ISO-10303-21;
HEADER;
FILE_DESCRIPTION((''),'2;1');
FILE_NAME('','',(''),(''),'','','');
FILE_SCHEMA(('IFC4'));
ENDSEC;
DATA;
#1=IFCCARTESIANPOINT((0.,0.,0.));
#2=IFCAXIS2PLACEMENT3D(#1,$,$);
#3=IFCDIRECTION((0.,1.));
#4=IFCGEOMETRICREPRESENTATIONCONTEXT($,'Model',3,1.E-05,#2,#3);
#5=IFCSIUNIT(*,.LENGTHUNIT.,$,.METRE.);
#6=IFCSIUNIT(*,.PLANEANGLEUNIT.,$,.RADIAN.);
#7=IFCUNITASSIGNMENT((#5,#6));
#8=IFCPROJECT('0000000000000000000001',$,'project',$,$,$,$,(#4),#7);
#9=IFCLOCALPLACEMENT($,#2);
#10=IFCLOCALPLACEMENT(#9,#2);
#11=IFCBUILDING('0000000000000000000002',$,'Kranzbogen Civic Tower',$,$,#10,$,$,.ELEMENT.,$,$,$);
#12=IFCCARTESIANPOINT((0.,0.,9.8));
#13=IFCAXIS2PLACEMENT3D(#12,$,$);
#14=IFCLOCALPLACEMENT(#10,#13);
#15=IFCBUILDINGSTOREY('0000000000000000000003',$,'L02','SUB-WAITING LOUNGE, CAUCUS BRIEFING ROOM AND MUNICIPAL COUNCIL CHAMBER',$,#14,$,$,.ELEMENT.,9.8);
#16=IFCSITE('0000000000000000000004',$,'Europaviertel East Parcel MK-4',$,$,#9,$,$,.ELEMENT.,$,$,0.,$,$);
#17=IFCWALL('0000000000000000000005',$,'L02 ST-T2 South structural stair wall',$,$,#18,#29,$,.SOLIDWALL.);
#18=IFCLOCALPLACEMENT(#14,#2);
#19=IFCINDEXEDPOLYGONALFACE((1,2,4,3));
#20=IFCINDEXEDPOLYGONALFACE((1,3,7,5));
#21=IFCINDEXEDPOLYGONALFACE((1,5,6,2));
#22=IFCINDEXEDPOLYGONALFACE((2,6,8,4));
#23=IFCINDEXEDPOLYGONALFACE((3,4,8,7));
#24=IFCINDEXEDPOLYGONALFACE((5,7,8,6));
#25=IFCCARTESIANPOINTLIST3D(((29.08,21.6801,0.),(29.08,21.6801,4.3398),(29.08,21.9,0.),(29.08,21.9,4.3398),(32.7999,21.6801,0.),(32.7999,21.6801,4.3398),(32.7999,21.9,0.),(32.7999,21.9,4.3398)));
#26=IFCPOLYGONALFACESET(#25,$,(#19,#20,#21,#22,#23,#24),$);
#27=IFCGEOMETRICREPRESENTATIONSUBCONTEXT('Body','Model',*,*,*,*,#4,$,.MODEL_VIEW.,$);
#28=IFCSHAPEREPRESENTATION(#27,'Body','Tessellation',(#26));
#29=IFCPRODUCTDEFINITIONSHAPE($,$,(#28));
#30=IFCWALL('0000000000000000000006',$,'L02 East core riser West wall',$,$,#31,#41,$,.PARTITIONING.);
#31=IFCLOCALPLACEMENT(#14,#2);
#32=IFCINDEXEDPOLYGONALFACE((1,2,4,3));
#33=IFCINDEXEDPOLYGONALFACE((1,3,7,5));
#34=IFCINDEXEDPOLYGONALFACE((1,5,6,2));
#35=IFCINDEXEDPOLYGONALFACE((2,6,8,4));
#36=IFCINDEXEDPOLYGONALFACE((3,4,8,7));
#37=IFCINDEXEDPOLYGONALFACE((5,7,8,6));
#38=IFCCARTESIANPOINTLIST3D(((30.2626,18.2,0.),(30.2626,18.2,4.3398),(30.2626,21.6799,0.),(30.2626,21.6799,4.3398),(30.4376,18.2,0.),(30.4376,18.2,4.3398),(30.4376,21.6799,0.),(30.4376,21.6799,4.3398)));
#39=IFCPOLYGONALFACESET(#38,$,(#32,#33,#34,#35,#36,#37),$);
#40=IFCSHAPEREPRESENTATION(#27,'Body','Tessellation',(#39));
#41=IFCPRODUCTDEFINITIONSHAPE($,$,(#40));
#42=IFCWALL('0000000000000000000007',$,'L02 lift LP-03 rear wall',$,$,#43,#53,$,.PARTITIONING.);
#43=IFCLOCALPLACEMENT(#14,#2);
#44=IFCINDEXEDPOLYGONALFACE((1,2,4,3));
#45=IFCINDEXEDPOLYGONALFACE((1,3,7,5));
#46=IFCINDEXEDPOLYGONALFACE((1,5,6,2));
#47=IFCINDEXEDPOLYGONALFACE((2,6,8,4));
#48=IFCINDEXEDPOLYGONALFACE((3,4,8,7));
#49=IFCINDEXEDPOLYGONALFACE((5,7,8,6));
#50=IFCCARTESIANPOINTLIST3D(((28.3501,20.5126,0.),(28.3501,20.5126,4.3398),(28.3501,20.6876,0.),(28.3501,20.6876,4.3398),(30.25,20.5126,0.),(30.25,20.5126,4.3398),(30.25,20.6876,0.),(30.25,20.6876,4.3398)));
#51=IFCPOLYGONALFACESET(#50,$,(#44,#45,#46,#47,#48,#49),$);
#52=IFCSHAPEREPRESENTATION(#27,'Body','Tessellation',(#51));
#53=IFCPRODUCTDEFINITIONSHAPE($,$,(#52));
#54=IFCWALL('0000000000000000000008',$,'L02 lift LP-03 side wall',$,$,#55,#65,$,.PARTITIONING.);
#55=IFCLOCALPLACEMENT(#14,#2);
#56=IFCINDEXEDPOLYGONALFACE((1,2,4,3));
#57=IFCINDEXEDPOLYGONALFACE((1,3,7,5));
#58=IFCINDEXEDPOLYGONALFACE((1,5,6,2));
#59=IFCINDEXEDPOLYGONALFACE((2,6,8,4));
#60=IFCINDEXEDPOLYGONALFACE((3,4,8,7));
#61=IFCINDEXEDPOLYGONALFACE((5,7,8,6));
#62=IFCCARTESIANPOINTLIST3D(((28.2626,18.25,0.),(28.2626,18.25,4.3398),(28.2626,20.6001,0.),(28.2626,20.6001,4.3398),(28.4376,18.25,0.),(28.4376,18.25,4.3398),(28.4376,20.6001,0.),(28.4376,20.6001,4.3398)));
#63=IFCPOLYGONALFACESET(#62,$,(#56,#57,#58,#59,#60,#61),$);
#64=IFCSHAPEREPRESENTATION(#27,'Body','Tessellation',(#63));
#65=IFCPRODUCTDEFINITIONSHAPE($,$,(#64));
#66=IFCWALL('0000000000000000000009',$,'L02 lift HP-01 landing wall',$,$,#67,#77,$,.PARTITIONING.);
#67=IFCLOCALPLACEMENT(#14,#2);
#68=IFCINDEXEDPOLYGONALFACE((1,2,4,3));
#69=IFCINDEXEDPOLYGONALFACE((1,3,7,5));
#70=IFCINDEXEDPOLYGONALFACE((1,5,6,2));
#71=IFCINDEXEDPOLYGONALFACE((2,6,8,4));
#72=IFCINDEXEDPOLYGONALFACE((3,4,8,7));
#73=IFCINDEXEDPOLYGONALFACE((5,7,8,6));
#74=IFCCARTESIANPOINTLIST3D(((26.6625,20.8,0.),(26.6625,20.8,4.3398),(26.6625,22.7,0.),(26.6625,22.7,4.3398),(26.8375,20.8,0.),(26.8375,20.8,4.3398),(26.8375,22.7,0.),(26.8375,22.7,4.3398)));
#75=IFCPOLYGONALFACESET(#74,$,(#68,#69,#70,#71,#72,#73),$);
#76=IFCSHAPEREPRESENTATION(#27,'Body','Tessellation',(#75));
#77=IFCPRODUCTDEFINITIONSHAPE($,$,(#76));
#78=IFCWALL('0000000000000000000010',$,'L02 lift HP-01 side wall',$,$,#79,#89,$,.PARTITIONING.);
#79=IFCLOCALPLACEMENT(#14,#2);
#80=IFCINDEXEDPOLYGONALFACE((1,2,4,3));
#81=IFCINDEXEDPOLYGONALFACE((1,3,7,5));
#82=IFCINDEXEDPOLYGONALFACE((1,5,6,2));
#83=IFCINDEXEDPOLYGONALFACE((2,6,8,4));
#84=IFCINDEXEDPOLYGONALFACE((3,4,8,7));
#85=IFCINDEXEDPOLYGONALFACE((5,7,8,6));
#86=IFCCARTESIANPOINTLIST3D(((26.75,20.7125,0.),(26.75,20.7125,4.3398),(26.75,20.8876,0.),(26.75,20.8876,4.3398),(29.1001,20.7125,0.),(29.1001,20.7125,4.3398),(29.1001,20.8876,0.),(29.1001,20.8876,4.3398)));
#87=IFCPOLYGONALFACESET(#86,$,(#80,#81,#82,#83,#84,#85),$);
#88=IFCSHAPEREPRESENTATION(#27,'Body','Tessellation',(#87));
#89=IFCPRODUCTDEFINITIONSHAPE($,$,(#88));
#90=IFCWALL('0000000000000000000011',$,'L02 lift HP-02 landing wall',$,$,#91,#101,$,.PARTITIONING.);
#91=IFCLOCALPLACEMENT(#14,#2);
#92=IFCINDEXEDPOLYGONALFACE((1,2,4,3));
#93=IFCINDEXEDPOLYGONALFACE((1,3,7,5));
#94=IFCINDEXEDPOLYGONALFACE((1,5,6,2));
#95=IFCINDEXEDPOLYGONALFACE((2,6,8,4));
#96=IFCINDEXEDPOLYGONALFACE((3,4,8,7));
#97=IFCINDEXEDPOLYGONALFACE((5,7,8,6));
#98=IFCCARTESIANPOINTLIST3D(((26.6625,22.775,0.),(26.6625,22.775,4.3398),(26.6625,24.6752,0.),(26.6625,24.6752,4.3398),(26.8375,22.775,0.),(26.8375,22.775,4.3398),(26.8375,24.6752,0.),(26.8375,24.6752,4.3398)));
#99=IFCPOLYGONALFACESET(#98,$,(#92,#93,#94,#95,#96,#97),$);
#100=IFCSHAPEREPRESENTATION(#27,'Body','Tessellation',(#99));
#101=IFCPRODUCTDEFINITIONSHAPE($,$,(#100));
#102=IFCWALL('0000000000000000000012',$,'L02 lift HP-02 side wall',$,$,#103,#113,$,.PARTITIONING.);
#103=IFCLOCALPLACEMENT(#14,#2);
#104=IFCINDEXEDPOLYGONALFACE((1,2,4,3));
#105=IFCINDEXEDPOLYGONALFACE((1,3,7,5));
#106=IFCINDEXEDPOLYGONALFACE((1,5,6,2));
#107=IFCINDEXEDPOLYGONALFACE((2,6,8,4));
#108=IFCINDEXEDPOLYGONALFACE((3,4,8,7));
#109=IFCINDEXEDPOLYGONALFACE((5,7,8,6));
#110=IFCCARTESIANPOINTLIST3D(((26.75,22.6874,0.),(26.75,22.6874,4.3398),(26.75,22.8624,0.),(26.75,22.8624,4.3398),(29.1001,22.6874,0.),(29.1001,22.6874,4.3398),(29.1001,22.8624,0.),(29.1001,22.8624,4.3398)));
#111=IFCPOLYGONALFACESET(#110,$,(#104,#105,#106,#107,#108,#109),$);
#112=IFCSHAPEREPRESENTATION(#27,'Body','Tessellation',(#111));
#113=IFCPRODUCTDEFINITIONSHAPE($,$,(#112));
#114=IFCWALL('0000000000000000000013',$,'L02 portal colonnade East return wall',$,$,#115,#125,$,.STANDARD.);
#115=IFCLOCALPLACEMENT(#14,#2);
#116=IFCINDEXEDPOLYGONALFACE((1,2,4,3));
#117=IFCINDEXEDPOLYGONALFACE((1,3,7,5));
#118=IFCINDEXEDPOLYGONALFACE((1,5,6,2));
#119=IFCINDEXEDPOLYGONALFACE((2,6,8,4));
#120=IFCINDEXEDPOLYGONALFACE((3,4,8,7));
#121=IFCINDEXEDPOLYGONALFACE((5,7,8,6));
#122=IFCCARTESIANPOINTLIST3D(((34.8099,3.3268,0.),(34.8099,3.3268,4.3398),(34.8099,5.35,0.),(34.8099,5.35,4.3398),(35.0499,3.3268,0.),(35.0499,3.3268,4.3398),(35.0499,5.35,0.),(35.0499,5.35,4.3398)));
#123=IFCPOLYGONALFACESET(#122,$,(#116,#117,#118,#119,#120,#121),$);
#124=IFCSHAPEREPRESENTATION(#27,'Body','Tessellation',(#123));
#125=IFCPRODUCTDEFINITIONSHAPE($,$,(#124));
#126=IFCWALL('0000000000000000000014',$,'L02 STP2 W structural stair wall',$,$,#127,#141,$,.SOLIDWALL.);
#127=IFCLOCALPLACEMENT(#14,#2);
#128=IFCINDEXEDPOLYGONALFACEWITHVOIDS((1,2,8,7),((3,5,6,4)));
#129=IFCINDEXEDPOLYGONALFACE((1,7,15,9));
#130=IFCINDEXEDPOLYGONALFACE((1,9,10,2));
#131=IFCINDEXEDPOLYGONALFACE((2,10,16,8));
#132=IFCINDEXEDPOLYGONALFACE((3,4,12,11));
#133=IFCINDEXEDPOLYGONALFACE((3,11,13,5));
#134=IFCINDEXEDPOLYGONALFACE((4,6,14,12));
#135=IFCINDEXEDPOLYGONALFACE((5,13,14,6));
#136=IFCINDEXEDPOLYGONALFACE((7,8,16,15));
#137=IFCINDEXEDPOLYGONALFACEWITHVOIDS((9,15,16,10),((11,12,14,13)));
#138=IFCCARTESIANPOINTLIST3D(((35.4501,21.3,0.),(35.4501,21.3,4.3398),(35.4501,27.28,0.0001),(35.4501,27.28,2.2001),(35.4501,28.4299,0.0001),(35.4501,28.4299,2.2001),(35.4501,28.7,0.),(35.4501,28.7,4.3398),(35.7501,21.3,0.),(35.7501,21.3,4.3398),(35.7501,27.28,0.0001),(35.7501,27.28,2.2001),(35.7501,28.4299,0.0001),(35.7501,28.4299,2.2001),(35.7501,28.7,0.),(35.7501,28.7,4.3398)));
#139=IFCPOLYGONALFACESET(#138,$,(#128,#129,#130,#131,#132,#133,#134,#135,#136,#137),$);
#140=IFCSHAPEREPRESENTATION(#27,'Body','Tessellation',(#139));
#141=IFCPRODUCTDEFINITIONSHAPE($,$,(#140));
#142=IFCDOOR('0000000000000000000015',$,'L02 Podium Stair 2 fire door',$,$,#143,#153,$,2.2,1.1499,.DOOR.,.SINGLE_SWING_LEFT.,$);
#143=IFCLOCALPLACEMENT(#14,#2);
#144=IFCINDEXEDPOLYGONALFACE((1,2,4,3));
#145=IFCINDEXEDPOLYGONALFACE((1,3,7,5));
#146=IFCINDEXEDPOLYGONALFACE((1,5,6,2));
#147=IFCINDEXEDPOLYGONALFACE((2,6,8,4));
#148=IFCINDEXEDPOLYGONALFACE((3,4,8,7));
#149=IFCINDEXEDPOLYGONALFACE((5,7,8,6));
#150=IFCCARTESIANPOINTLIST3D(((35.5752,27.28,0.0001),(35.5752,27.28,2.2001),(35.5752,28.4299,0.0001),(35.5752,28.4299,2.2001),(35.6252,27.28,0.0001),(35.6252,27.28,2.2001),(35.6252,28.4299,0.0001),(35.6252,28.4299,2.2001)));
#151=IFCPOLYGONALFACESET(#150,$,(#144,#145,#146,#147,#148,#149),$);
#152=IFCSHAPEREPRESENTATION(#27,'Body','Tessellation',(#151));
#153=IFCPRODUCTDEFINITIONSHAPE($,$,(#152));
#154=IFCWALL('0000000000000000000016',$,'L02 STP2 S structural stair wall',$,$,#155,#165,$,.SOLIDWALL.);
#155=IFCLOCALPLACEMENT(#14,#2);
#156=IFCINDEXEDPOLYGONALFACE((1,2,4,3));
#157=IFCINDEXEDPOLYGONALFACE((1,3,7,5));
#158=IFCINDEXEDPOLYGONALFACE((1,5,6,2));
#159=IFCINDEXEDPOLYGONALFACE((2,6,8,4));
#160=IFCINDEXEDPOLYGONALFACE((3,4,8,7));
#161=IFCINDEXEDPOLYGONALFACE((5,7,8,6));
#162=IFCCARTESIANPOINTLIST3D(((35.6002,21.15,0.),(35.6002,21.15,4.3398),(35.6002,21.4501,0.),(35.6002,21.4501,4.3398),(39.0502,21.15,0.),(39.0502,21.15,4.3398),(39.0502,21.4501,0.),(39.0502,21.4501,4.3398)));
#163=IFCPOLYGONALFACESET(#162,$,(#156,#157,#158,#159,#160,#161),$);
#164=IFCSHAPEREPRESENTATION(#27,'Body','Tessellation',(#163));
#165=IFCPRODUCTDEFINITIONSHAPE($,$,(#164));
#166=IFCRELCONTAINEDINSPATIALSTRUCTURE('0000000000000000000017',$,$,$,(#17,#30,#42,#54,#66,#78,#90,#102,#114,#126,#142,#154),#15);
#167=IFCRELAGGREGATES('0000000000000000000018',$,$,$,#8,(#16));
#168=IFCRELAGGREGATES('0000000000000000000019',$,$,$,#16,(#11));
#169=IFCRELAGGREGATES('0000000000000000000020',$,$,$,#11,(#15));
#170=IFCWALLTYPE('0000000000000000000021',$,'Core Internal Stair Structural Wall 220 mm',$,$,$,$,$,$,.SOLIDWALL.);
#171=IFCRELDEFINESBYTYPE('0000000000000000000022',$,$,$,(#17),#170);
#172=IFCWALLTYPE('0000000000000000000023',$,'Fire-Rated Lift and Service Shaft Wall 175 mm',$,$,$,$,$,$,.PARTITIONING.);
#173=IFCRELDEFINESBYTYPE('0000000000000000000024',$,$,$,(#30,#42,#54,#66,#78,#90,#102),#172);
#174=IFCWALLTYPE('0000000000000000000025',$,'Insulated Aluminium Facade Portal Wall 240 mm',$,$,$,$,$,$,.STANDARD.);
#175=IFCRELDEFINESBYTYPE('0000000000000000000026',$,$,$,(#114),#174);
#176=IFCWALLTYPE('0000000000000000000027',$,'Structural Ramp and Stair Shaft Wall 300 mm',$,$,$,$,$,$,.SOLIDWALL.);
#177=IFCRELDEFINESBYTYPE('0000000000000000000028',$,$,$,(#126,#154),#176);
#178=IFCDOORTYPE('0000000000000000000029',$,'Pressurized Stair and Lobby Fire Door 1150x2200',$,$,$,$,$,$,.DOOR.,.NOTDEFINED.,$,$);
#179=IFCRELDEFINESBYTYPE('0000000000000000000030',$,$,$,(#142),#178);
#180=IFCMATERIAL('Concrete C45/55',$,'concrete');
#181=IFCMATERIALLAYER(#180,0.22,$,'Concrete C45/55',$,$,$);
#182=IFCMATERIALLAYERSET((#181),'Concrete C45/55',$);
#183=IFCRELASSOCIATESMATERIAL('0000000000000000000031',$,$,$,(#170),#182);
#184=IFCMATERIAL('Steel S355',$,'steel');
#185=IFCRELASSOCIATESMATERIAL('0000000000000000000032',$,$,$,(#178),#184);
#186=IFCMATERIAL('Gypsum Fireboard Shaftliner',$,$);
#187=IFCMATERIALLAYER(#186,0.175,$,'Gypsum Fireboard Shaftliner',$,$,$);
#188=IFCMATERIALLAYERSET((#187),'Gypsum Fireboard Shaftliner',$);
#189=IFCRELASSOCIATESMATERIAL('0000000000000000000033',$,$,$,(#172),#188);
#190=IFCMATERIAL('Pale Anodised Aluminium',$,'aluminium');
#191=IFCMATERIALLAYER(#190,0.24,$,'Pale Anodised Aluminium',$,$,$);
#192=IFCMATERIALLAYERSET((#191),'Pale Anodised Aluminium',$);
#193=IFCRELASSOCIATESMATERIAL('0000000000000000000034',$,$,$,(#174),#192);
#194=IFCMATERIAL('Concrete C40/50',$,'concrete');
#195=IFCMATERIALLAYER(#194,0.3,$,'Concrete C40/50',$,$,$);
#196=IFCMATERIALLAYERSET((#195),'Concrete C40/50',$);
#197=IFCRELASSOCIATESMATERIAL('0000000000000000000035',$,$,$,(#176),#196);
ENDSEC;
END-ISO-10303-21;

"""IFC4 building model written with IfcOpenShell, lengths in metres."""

from ifc_helpers import new_model, si_unit, direction, frame, frame_2d, origin, place, context, subcontext, project, spatial, rectangle, extrude, material, layer, layer_set, type_object, element, fill, save


model = new_model("IFC4")

# Units and contexts
model_context = context("Model", 3, precision=1e-05, world=origin(), true_north=direction((0.0, 1.0)))
body_context = subcontext(model_context, "Body", "Model", "MODEL_VIEW")
ifc_project = project(units=[si_unit("LENGTHUNIT", "METRE"), si_unit("PLANEANGLEUNIT", "RADIAN")], contexts=[model_context])

# Site, building, storey
site_placement = place(None, origin())
site = spatial("IfcSite", under=ifc_project, at=site_placement, Name="Europaviertel East Parcel MK-4", CompositionType="ELEMENT", RefElevation=0.0)
building_placement = place(site_placement, origin())
building = spatial("IfcBuilding", under=site, at=building_placement, Name="Kranzbogen Civic Tower", CompositionType="ELEMENT")
storey_placement = place(building_placement, frame((0.0, 0.0, 9.8)))
storey = spatial("IfcBuildingStorey", under=building, at=storey_placement, Name="L02", Description="SUB-WAITING LOUNGE, CAUCUS BRIEFING ROOM AND MUNICIPAL COUNCIL CHAMBER", CompositionType="ELEMENT", Elevation=9.8)

# Shared definitions
ifc_material_1 = material(Name="Pale Anodised Aluminium", Category="aluminium")

# Shared definitions
ifc_material_2 = material(Name="Steel S355", Category="steel")

# Shared definitions
ifc_material_3 = material(Name="Concrete C45/55", Category="concrete")
ifc_layer_1 = layer(ifc_material_3, 0.22, Name="Concrete C45/55")
ifc_layer_set_1 = layer_set([ifc_layer_1], Name="Concrete C45/55")
wall_type_1 = type_object("IfcWallType", Name="Core Internal Stair Structural Wall 220 mm", PredefinedType="SOLIDWALL", material=ifc_layer_set_1)
door_type_1 = type_object("IfcDoorType", Name="Pressurized Stair and Lobby Fire Door 1150x2200", OperationType="NOTDEFINED", PredefinedType="DOOR", material=ifc_material_2)

# Walls
wall_1_placement = place(storey_placement, frame((29.0801, 21.79, 0.0), z_axis=(0.0, 0.0, 1.0), x_axis=(1.0, 0.0, 0.0)))
element("IfcWall", 1, at=wall_1_placement, inside=storey, type_object=wall_type_1, Name="L02 ST-T2 South structural stair wall", PredefinedType="SOLIDWALL", context=body_context, shape_type="SweptSolid", body=[
    extrude(rectangle(XDim=3.72, YDim=0.22, at=frame_2d((1.8599, 0.0))), origin(), (0.0, 0.0, 1.0), 4.3398),
])
ifc_material_4 = material(Name="Gypsum Fireboard Shaftliner")
ifc_layer_2 = layer(ifc_material_4, 0.175, Name="Gypsum Fireboard Shaftliner")
ifc_layer_set_2 = layer_set([ifc_layer_2], Name="Gypsum Fireboard Shaftliner")
wall_type_2 = type_object("IfcWallType", Name="Fire-Rated Lift and Service Shaft Wall 175 mm", PredefinedType="PARTITIONING", material=ifc_layer_set_2)
wall_2_placement = place(storey_placement, frame((30.3501, 18.2, 0.0), z_axis=(0.0, 0.0, 1.0), x_axis=(0.0, 1.0, 0.0)))
element("IfcWall", 2, at=wall_2_placement, inside=storey, type_object=wall_type_2, Name="L02 East core riser West wall", PredefinedType="PARTITIONING", context=body_context, shape_type="SweptSolid", body=[
    extrude(rectangle(XDim=3.48, YDim=0.175, at=frame_2d((1.74, 0.0))), origin(), (0.0, 0.0, 1.0), 4.3398),
])
wall_3_placement = place(storey_placement, frame((28.3501, 20.6001, 0.0), z_axis=(0.0, 0.0, 1.0), x_axis=(1.0, 0.0, 0.0)))
element("IfcWall", 3, at=wall_3_placement, inside=storey, type_object=wall_type_2, Name="L02 lift LP-03 rear wall", PredefinedType="PARTITIONING", context=body_context, shape_type="SweptSolid", body=[
    extrude(rectangle(XDim=1.8999, YDim=0.175, at=frame_2d((0.95, 0.0))), origin(), (0.0, 0.0, 1.0), 4.3398),
])
wall_4_placement = place(storey_placement, frame((28.3501, 18.25, 0.0), z_axis=(0.0, 0.0, 1.0), x_axis=(0.0, 1.0, 0.0)))
element("IfcWall", 4, at=wall_4_placement, inside=storey, type_object=wall_type_2, Name="L02 lift LP-03 side wall", PredefinedType="PARTITIONING", context=body_context, shape_type="SweptSolid", body=[
    extrude(rectangle(XDim=2.3501, YDim=0.175, at=frame_2d((1.175, 0.0))), origin(), (0.0, 0.0, 1.0), 4.3398),
])
wall_5_placement = place(storey_placement, frame((26.75, 20.8, 0.0), z_axis=(0.0, 0.0, 1.0), x_axis=(0.0, 1.0, 0.0)))
element("IfcWall", 5, at=wall_5_placement, inside=storey, type_object=wall_type_2, Name="L02 lift HP-01 landing wall", PredefinedType="PARTITIONING", context=body_context, shape_type="SweptSolid", body=[
    extrude(rectangle(XDim=1.8999, YDim=0.175, at=frame_2d((0.95, 0.0))), origin(), (0.0, 0.0, 1.0), 4.3398),
])
wall_6_placement = place(storey_placement, frame((26.75, 20.8, 0.0), z_axis=(0.0, 0.0, 1.0), x_axis=(1.0, 0.0, 0.0)))
element("IfcWall", 6, at=wall_6_placement, inside=storey, type_object=wall_type_2, Name="L02 lift HP-01 side wall", PredefinedType="PARTITIONING", context=body_context, shape_type="SweptSolid", body=[
    extrude(rectangle(XDim=2.3501, YDim=0.175, at=frame_2d((1.175, 0.0))), origin(), (0.0, 0.0, 1.0), 4.3398),
])
wall_7_placement = place(storey_placement, frame((26.75, 22.7749, 0.0), z_axis=(0.0, 0.0, 1.0), x_axis=(0.0, 1.0, 0.0)))
element("IfcWall", 7, at=wall_7_placement, inside=storey, type_object=wall_type_2, Name="L02 lift HP-02 landing wall", PredefinedType="PARTITIONING", context=body_context, shape_type="SweptSolid", body=[
    extrude(rectangle(XDim=1.9001, YDim=0.175, at=frame_2d((0.9502, 0.0))), origin(), (0.0, 0.0, 1.0), 4.3398),
])
wall_8_placement = place(storey_placement, frame((26.75, 22.7749, 0.0), z_axis=(0.0, 0.0, 1.0), x_axis=(1.0, 0.0, 0.0)))
element("IfcWall", 8, at=wall_8_placement, inside=storey, type_object=wall_type_2, Name="L02 lift HP-02 side wall", PredefinedType="PARTITIONING", context=body_context, shape_type="SweptSolid", body=[
    extrude(rectangle(XDim=2.3501, YDim=0.175, at=frame_2d((1.175, 0.0))), origin(), (0.0, 0.0, 1.0), 4.3398),
])
ifc_layer_3 = layer(ifc_material_1, 0.24, Name="Pale Anodised Aluminium")
ifc_layer_set_3 = layer_set([ifc_layer_3], Name="Pale Anodised Aluminium")
wall_type_3 = type_object("IfcWallType", Name="Insulated Aluminium Facade Portal Wall 240 mm", PredefinedType="STANDARD", material=ifc_layer_set_3)
wall_9_placement = place(storey_placement, frame((34.9299, 5.3501, 0.0), z_axis=(0.0, 0.0, 1.0), x_axis=(0.0, -1.0, 0.0)))
element("IfcWall", 9, at=wall_9_placement, inside=storey, type_object=wall_type_3, Name="L02 portal colonnade East return wall", PredefinedType="STANDARD", context=body_context, shape_type="SweptSolid", body=[
    extrude(rectangle(XDim=2.0232, YDim=0.24, at=frame_2d((1.0117, 0.0))), origin(), (0.0, 0.0, 1.0), 4.3398),
])

# Wall, opening, door
ifc_material_5 = material(Name="Concrete C40/50", Category="concrete")
ifc_layer_4 = layer(ifc_material_5, 0.3, Name="Concrete C40/50")
ifc_layer_set_4 = layer_set([ifc_layer_4], Name="Concrete C40/50")
wall_type_4 = type_object("IfcWallType", Name="Structural Ramp and Stair Shaft Wall 300 mm", PredefinedType="SOLIDWALL", material=ifc_layer_set_4)
wall_10_placement = place(storey_placement, frame((35.6001, 21.3, 0.0), z_axis=(0.0, 0.0, 1.0), x_axis=(0.0, 1.0, 0.0)))
wall_10 = element("IfcWall", 10, at=wall_10_placement, inside=storey, type_object=wall_type_4, Name="L02 STP2 W structural stair wall", PredefinedType="SOLIDWALL", context=body_context, shape_type="SweptSolid", body=[
    extrude(rectangle(XDim=7.3999, YDim=0.3, at=frame_2d((3.7, 0.0))), origin(), (0.0, 0.0, 1.0), 4.3398),
])
opening_1_placement = place(wall_10_placement, frame((5.98, 0.0, 0.0)))
opening_1 = element("IfcOpeningElement", 11, at=opening_1_placement, cuts=wall_10, PredefinedType="OPENING", context=body_context, shape_type="SweptSolid", body=[
    extrude(rectangle(XDim=1.1499, YDim=2.2, at=frame_2d((0.575, 1.1001))), frame((0.0, 0.1602, 0.0), z_axis=(0.0, -1.0, 0.0), x_axis=(1.0, 0.0, 0.0)), (0.0, 0.0, 1.0), 0.3201),
])
door_1_placement = place(opening_1_placement, origin())
door_1 = element("IfcDoor", 12, at=door_1_placement, inside=storey, type_object=door_type_1, Name="L02 Podium Stair 2 fire door", OperationType="SINGLE_SWING_LEFT", OverallHeight=2.2, OverallWidth=1.1499, PredefinedType="DOOR", context=body_context, shape_type="SweptSolid", body=[
    extrude(rectangle(XDim=1.1499, YDim=2.2, at=frame_2d((0.575, 1.1001))), frame((0.0, 0.0249, 0.0), z_axis=(0.0, -1.0, 0.0), x_axis=(1.0, 0.0, 0.0)), (0.0, 0.0, 1.0), 0.05),
])
fill(opening_1, door_1)

# Wall
wall_11_placement = place(storey_placement, frame((35.6001, 21.3, 0.0), z_axis=(0.0, 0.0, 1.0), x_axis=(1.0, 0.0, 0.0)))
element("IfcWall", 13, at=wall_11_placement, inside=storey, type_object=wall_type_4, Name="L02 STP2 S structural stair wall", PredefinedType="SOLIDWALL", context=body_context, shape_type="SweptSolid", body=[
    extrude(rectangle(XDim=3.45, YDim=0.3, at=frame_2d((1.7251, 0.0))), origin(), (0.0, 0.0, 1.0), 4.3398),
])

save(model, "model.ifc")
